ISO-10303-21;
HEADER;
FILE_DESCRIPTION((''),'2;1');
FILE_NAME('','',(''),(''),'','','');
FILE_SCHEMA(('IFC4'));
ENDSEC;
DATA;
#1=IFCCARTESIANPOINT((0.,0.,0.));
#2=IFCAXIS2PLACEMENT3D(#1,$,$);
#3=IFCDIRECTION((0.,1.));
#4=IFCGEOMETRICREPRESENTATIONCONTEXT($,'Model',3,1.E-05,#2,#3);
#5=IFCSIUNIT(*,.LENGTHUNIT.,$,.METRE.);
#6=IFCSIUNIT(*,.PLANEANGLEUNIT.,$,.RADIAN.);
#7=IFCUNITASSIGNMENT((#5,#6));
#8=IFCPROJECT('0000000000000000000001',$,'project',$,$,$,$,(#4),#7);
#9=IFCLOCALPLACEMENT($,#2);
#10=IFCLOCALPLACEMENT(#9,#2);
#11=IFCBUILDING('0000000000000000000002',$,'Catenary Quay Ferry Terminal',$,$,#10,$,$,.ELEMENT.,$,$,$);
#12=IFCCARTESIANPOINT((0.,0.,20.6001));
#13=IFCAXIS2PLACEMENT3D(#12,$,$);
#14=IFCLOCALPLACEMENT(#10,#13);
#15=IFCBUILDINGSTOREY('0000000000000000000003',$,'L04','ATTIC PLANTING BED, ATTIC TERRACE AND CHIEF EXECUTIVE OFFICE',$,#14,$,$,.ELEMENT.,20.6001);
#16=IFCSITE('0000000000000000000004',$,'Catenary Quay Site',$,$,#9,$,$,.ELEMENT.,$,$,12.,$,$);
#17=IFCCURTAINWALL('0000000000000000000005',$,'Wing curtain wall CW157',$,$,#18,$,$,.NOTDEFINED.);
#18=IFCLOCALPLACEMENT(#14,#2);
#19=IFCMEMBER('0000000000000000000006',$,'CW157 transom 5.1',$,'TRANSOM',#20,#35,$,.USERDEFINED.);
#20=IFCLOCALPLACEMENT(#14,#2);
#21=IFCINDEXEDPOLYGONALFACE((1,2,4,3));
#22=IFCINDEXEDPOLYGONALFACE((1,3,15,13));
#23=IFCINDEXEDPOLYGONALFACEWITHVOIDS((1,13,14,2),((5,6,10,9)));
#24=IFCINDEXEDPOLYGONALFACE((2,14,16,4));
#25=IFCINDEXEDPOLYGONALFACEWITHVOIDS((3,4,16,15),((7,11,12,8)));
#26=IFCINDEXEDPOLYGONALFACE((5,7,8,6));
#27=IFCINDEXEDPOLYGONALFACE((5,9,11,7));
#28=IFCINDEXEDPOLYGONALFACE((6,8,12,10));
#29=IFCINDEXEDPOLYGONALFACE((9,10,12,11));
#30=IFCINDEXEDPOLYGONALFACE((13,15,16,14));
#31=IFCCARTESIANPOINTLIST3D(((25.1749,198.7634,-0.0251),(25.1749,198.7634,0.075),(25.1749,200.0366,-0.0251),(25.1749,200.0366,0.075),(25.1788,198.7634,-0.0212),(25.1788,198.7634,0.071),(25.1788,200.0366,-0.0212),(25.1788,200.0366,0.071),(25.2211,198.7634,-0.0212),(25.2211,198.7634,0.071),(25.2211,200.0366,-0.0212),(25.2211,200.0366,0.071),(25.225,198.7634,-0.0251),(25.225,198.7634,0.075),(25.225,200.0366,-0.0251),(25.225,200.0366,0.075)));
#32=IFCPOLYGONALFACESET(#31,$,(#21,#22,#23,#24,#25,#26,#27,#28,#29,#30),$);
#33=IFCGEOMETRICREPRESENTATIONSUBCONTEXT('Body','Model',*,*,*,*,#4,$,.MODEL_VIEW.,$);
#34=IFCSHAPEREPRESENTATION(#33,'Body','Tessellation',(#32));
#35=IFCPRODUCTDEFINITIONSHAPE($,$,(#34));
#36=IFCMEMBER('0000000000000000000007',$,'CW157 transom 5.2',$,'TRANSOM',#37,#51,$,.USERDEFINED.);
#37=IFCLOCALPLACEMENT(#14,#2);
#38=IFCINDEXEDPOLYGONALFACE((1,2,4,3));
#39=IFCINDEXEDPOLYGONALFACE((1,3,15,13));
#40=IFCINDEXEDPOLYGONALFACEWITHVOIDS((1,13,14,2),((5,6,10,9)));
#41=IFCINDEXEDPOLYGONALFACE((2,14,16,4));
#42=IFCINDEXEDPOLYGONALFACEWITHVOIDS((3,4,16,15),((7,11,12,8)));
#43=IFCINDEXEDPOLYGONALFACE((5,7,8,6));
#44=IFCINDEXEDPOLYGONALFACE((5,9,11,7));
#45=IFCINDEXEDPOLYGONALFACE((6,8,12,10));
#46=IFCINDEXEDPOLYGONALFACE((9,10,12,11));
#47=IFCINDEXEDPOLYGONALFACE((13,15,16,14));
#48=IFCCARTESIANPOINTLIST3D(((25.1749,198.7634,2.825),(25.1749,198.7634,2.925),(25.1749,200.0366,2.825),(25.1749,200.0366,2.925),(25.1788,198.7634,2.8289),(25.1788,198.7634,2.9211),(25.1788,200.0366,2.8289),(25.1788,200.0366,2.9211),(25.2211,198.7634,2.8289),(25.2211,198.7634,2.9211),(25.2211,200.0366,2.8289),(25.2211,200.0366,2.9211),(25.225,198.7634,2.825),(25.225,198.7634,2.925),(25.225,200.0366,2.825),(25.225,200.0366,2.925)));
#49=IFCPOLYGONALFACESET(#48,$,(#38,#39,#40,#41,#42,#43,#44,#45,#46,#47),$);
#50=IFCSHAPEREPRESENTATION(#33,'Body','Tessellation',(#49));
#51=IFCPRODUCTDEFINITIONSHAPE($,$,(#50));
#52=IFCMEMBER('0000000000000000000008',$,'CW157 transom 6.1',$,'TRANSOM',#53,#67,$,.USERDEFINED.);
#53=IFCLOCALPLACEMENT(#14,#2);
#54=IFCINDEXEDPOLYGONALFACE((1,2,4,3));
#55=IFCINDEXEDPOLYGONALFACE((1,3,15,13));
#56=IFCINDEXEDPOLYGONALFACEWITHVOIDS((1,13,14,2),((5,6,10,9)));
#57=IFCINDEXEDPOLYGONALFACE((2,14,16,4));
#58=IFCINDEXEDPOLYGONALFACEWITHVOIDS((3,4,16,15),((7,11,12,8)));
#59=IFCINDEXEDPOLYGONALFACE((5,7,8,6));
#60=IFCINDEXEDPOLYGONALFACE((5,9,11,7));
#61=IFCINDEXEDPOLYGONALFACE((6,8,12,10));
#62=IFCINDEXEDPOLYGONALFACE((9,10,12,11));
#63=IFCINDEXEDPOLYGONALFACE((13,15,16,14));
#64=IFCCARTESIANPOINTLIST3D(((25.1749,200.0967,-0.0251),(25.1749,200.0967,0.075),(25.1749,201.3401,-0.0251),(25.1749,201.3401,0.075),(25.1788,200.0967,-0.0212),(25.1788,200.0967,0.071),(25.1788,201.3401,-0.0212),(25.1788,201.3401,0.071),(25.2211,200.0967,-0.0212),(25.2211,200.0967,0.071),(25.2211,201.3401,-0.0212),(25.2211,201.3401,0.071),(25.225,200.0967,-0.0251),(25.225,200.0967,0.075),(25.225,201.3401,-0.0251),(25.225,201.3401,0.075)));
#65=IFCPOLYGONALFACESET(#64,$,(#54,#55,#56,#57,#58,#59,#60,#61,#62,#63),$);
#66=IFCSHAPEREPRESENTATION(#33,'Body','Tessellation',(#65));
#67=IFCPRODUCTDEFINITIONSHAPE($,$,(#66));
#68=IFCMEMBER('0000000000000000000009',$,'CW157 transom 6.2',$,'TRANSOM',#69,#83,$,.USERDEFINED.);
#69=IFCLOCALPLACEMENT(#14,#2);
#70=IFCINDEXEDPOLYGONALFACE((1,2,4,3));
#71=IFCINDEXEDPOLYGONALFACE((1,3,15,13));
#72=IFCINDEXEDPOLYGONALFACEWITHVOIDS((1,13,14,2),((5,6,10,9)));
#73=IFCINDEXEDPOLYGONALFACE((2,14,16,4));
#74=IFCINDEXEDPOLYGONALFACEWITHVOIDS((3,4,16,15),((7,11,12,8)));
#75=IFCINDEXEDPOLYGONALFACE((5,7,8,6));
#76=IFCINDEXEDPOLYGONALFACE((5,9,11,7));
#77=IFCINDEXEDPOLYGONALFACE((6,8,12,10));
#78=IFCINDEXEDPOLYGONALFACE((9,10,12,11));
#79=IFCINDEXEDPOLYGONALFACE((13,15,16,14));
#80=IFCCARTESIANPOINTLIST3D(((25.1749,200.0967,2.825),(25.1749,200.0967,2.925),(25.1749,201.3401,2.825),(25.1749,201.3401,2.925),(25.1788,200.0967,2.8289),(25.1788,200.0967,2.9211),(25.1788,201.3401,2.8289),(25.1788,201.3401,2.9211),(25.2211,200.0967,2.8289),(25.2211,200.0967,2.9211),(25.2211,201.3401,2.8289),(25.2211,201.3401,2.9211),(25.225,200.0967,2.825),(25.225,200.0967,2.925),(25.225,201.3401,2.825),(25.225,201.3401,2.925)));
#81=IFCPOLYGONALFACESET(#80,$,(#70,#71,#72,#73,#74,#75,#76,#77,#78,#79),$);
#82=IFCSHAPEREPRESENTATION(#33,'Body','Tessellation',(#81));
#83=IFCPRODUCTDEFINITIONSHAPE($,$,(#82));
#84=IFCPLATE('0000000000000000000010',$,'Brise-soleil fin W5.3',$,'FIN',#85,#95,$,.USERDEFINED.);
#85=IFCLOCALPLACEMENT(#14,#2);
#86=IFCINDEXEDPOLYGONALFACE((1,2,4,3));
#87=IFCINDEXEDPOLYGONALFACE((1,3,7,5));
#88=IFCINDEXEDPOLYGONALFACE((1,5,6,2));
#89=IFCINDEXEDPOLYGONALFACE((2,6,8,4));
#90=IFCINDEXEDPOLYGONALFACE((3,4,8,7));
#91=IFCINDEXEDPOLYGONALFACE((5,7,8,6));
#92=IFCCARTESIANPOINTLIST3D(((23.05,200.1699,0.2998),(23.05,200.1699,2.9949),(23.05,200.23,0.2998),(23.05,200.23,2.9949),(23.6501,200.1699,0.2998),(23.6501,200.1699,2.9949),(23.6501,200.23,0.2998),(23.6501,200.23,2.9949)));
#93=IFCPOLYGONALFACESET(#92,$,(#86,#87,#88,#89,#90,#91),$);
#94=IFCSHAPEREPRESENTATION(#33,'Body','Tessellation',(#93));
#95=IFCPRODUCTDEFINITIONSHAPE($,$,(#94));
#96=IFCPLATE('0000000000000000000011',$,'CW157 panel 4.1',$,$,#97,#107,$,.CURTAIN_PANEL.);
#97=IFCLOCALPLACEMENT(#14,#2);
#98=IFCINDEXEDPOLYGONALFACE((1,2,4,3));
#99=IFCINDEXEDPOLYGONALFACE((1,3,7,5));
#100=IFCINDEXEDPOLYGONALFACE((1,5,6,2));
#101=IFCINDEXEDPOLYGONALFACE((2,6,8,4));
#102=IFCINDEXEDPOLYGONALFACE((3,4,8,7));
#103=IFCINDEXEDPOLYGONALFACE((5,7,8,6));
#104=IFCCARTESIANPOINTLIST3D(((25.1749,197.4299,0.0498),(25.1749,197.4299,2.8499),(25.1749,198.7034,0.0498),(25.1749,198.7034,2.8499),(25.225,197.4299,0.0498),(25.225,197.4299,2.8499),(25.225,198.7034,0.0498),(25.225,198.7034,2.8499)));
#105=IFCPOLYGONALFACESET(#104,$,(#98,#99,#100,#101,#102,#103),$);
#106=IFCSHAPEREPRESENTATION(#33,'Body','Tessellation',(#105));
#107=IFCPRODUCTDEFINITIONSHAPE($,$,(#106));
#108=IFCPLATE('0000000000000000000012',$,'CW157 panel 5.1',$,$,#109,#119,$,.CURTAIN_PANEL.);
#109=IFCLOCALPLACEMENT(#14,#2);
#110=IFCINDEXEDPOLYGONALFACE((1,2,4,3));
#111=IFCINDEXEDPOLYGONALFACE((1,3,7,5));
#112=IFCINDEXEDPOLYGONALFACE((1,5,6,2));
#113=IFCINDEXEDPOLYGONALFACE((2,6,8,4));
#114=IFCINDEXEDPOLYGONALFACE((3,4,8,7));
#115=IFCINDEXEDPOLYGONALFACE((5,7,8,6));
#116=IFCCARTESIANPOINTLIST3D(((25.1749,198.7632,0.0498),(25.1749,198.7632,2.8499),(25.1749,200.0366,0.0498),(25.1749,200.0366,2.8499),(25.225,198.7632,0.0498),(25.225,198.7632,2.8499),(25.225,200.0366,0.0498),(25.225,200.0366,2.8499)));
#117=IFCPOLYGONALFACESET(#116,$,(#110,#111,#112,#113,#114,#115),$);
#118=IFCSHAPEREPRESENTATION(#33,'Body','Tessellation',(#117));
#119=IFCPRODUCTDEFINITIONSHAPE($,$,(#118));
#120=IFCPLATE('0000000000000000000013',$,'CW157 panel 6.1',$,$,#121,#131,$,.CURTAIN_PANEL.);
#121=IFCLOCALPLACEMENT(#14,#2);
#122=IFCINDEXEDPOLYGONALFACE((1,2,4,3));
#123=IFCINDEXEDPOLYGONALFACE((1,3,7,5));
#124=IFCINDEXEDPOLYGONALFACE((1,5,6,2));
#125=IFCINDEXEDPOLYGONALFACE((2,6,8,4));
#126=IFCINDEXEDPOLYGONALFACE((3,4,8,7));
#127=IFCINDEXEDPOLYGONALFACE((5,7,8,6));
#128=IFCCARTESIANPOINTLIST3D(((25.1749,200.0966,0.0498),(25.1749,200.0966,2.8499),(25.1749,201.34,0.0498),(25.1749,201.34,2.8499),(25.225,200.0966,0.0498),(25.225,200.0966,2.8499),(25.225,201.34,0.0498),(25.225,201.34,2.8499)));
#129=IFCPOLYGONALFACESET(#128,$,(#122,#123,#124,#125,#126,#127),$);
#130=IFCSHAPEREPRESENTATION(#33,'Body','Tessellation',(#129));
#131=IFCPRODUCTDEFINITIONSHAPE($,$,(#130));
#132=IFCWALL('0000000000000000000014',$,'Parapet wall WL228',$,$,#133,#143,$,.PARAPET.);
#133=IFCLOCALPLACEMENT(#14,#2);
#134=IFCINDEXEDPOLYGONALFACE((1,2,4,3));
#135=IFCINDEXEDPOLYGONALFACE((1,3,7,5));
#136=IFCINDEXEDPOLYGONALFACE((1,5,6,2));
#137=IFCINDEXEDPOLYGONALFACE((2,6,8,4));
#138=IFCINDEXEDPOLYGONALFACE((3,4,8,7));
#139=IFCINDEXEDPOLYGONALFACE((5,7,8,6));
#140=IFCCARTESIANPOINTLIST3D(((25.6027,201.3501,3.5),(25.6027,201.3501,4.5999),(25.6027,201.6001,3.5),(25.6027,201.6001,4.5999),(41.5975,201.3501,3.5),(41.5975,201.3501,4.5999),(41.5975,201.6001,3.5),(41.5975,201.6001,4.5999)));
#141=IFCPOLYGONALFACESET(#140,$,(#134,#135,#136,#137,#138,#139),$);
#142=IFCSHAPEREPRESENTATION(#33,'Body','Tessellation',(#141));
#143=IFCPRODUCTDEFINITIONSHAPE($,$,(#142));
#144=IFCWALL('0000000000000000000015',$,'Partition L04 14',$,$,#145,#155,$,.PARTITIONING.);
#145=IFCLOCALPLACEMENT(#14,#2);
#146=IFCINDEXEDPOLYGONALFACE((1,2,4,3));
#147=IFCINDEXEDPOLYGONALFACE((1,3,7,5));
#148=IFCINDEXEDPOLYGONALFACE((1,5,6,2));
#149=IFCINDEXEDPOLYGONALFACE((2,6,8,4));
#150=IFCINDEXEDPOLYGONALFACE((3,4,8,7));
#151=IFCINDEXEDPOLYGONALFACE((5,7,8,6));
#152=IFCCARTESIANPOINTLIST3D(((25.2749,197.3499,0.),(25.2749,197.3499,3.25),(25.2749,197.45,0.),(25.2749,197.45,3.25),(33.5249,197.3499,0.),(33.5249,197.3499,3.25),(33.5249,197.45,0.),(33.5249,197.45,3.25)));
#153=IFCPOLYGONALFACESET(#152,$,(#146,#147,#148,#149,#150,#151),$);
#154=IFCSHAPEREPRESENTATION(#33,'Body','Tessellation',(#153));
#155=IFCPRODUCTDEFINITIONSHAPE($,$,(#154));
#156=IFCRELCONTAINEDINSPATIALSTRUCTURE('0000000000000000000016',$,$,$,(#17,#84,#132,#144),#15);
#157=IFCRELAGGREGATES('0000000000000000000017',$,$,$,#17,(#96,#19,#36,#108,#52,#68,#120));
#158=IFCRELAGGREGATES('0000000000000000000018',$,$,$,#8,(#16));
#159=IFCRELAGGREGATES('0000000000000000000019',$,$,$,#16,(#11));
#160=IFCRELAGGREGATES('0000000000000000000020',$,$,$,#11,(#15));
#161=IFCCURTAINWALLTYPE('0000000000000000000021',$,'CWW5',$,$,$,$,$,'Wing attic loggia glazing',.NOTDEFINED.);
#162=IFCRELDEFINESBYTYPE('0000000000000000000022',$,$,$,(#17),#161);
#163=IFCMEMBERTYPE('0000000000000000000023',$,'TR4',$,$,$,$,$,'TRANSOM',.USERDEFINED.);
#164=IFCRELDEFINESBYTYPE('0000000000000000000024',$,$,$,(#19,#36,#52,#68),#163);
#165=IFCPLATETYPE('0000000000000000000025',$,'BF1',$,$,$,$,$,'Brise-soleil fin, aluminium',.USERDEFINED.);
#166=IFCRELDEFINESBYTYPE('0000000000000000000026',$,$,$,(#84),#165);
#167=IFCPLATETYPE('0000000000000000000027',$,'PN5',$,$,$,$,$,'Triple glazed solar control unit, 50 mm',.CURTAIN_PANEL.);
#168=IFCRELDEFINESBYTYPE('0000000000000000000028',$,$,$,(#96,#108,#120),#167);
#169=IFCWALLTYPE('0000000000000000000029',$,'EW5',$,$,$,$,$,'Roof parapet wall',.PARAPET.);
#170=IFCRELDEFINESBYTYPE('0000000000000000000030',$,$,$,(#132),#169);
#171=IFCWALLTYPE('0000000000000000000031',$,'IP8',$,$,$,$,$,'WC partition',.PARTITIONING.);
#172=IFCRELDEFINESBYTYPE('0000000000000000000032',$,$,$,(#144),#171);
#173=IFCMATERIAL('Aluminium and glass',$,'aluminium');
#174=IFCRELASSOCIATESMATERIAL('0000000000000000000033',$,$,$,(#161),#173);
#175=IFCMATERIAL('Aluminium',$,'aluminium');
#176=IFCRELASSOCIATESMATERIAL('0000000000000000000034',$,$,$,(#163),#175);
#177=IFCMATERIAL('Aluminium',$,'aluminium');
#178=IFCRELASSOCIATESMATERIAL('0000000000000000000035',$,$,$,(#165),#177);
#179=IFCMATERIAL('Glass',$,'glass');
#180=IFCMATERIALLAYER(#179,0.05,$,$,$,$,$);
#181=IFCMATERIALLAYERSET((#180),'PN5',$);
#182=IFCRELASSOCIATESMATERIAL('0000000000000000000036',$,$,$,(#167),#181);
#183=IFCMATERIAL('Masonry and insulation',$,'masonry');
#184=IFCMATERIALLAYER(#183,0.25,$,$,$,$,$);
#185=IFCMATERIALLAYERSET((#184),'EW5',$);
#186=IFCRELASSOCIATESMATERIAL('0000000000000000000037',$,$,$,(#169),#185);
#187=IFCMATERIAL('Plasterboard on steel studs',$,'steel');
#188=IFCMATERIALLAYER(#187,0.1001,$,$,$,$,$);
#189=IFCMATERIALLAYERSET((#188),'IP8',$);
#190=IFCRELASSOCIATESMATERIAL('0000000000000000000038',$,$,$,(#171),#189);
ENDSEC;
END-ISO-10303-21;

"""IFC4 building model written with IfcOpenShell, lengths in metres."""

from ifc_helpers import new_model, si_unit, direction, frame, frame_2d, origin, origin_2d, place, context, subcontext, project, spatial, rectangle, hollow_rectangle, extrude, material, layer, layer_set, material_profile, profile_set, type_object, element, aggregate, save


model = new_model("IFC4")

# Units and contexts
model_context = context("Model", 3, precision=1e-05, world=origin(), true_north=direction((0.0, 1.0)))
body_context = subcontext(model_context, "Body", "Model", "MODEL_VIEW")
ifc_project = project(units=[si_unit("LENGTHUNIT", "METRE"), si_unit("PLANEANGLEUNIT", "RADIAN")], contexts=[model_context])

# Site, building, storey
site_placement = place(None, origin())
site = spatial("IfcSite", under=ifc_project, at=site_placement, Name="Catenary Quay Site", CompositionType="ELEMENT", RefElevation=12.0)
building_placement = place(site_placement, origin())
building = spatial("IfcBuilding", under=site, at=building_placement, Name="Catenary Quay Ferry Terminal", CompositionType="ELEMENT")
storey_placement = place(building_placement, frame((0.0, 0.0, 20.6001)))
storey = spatial("IfcBuildingStorey", under=building, at=storey_placement, Name="L04", Description="ATTIC PLANTING BED, ATTIC TERRACE AND CHIEF EXECUTIVE OFFICE", CompositionType="ELEMENT", Elevation=20.6001)

# Curtain wall, members
ifc_material_1 = material(Name="Aluminium and glass", Category="aluminium")
curtain_wall_type = type_object("IfcCurtainWallType", Name="CWW5", ElementType="Wing attic loggia glazing", PredefinedType="NOTDEFINED", material=ifc_material_1)
curtain_wall_placement = place(storey_placement, origin())
curtain_wall = element("IfcCurtainWall", 1, at=curtain_wall_placement, inside=storey, type_object=curtain_wall_type, Name="Wing curtain wall CW157", PredefinedType="NOTDEFINED")
ifc_material_2 = material(Name="Aluminium", Category="aluminium")
ifc_material_profile_1 = material_profile(ifc_material_2, hollow_rectangle(XDim=0.05, YDim=0.1001, WallThickness=0.0039, at=origin_2d()), Name="TR4")
ifc_profile_set_1 = profile_set([ifc_material_profile_1], Name="Aluminium")
member_type_1 = type_object("IfcMemberType", Name="TR4", ElementType="TRANSOM", PredefinedType="USERDEFINED", material=ifc_profile_set_1)
member_1_placement = place(storey_placement, frame((25.2, 198.7634, 0.0249), z_axis=(0.0, 1.0, 0.0), x_axis=(-1.0, 0.0, 0.0)))
member_1 = element("IfcMember", 2, at=member_1_placement, type_object=member_type_1, Name="CW157 transom 5.1", ObjectType="TRANSOM", PredefinedType="USERDEFINED", context=body_context, shape_type="SweptSolid", body=[
    extrude(hollow_rectangle(XDim=0.05, YDim=0.1001, WallThickness=0.0039, at=origin_2d()), origin(), (0.0, 0.0, 1.0), 1.2732),
])
member_2_placement = place(storey_placement, frame((25.2, 198.7634, 2.875), z_axis=(0.0, 1.0, 0.0), x_axis=(-1.0, 0.0, 0.0)))
member_2 = element("IfcMember", 3, at=member_2_placement, type_object=member_type_1, Name="CW157 transom 5.2", ObjectType="TRANSOM", PredefinedType="USERDEFINED", context=body_context, shape_type="SweptSolid", body=[
    extrude(hollow_rectangle(XDim=0.05, YDim=0.1001, WallThickness=0.0039, at=origin_2d()), origin(), (0.0, 0.0, 1.0), 1.2732),
])
member_3_placement = place(storey_placement, frame((25.2, 200.0967, 0.0249), z_axis=(0.0, 1.0, 0.0), x_axis=(-1.0, 0.0, 0.0)))
member_3 = element("IfcMember", 4, at=member_3_placement, type_object=member_type_1, Name="CW157 transom 6.1", ObjectType="TRANSOM", PredefinedType="USERDEFINED", context=body_context, shape_type="SweptSolid", body=[
    extrude(hollow_rectangle(XDim=0.05, YDim=0.1001, WallThickness=0.0039, at=origin_2d()), origin(), (0.0, 0.0, 1.0), 1.2434),
])
member_4_placement = place(storey_placement, frame((25.2, 200.0967, 2.875), z_axis=(0.0, 1.0, 0.0), x_axis=(-1.0, 0.0, 0.0)))
member_4 = element("IfcMember", 5, at=member_4_placement, type_object=member_type_1, Name="CW157 transom 6.2", ObjectType="TRANSOM", PredefinedType="USERDEFINED", context=body_context, shape_type="SweptSolid", body=[
    extrude(hollow_rectangle(XDim=0.05, YDim=0.1001, WallThickness=0.0039, at=origin_2d()), origin(), (0.0, 0.0, 1.0), 1.2434),
])

# Plates
ifc_material_3 = material(Name="Aluminium", Category="aluminium")
ifc_material_profile_2 = material_profile(ifc_material_3, rectangle(XDim=0.0601, YDim=0.6001, at=origin_2d()), Name="BF1")
ifc_profile_set_2 = profile_set([ifc_material_profile_2], Name="Aluminium")
plate_type_1 = type_object("IfcPlateType", Name="BF1", ElementType="Brise-soleil fin, aluminium", PredefinedType="USERDEFINED", material=ifc_profile_set_2)
plate_1_placement = place(storey_placement, frame((23.3501, 200.2, 0.2998), z_axis=(0.0, 0.0, 1.0), x_axis=(0.0, 1.0, 0.0)))
element("IfcPlate", 6, at=plate_1_placement, inside=storey, type_object=plate_type_1, Name="Brise-soleil fin W5.3", ObjectType="FIN", PredefinedType="USERDEFINED", context=body_context, shape_type="SweptSolid", body=[
    extrude(rectangle(XDim=0.0601, YDim=0.6001, at=origin_2d()), origin(), (0.0, 0.0, 1.0), 2.6951),
])
ifc_material_4 = material(Name="Glass", Category="glass")
ifc_layer_1 = layer(ifc_material_4, 0.05)
ifc_layer_set_1 = layer_set([ifc_layer_1], Name="PN5")
plate_type_2 = type_object("IfcPlateType", Name="PN5", ElementType="Triple glazed solar control unit, 50 mm", PredefinedType="CURTAIN_PANEL", material=ifc_layer_set_1)
plate_2_placement = place(storey_placement, frame((25.2, 198.0667, 0.0498), z_axis=(0.0, 0.0, 1.0), x_axis=(0.0, 1.0, 0.0)))
plate_2 = element("IfcPlate", 7, at=plate_2_placement, type_object=plate_type_2, Name="CW157 panel 4.1", PredefinedType="CURTAIN_PANEL", context=body_context, shape_type="SweptSolid", body=[
    extrude(rectangle(XDim=1.2734, YDim=0.05, at=origin_2d()), origin(), (0.0, 0.0, 1.0), 2.8),
])
plate_3_placement = place(storey_placement, frame((25.2, 199.3999, 0.0498), z_axis=(0.0, 0.0, 1.0), x_axis=(0.0, 1.0, 0.0)))
plate_3 = element("IfcPlate", 8, at=plate_3_placement, type_object=plate_type_2, Name="CW157 panel 5.1", PredefinedType="CURTAIN_PANEL", context=body_context, shape_type="SweptSolid", body=[
    extrude(rectangle(XDim=1.2734, YDim=0.05, at=origin_2d()), origin(), (0.0, 0.0, 1.0), 2.8),
])
plate_4_placement = place(storey_placement, frame((25.2, 200.7183, 0.0498), z_axis=(0.0, 0.0, 1.0), x_axis=(0.0, 1.0, 0.0)))
plate_4 = element("IfcPlate", 9, at=plate_4_placement, type_object=plate_type_2, Name="CW157 panel 6.1", PredefinedType="CURTAIN_PANEL", context=body_context, shape_type="SweptSolid", body=[
    extrude(rectangle(XDim=1.2434, YDim=0.05, at=origin_2d()), origin(), (0.0, 0.0, 1.0), 2.8),
])
aggregate(curtain_wall, [plate_2, member_1, member_2, plate_3, member_3, member_4, plate_4])

# Walls
ifc_material_5 = material(Name="Masonry and insulation", Category="masonry")
ifc_layer_2 = layer(ifc_material_5, 0.25)
ifc_layer_set_2 = layer_set([ifc_layer_2], Name="EW5")
wall_type_1 = type_object("IfcWallType", Name="EW5", ElementType="Roof parapet wall", PredefinedType="PARAPET", material=ifc_layer_set_2)
wall_1_placement = place(storey_placement, frame((25.6025, 201.4751, 3.5), z_axis=(0.0, 0.0, 1.0), x_axis=(1.0, 0.0, 0.0)))
element("IfcWall", 10, at=wall_1_placement, inside=storey, type_object=wall_type_1, Name="Parapet wall WL228", PredefinedType="PARAPET", context=body_context, shape_type="SweptSolid", body=[
    extrude(rectangle(XDim=15.9949, YDim=0.25, at=frame_2d((7.9976, 0.0))), origin(), (0.0, 0.0, 1.0), 1.0999),
])
ifc_material_6 = material(Name="Plasterboard on steel studs", Category="steel")
ifc_layer_3 = layer(ifc_material_6, 0.1001)
ifc_layer_set_3 = layer_set([ifc_layer_3], Name="IP8")
wall_type_2 = type_object("IfcWallType", Name="IP8", ElementType="WC partition", PredefinedType="PARTITIONING", material=ifc_layer_set_3)
wall_2_placement = place(storey_placement, frame((25.2749, 197.3999, 0.0), z_axis=(0.0, 0.0, 1.0), x_axis=(1.0, 0.0, 0.0)))
element("IfcWall", 11, at=wall_2_placement, inside=storey, type_object=wall_type_2, Name="Partition L04 14", PredefinedType="PARTITIONING", context=body_context, shape_type="SweptSolid", body=[
    extrude(rectangle(XDim=8.25, YDim=0.1001, at=frame_2d((4.125, 0.0))), origin(), (0.0, 0.0, 1.0), 3.25),
])

save(model, "model.ifc")
